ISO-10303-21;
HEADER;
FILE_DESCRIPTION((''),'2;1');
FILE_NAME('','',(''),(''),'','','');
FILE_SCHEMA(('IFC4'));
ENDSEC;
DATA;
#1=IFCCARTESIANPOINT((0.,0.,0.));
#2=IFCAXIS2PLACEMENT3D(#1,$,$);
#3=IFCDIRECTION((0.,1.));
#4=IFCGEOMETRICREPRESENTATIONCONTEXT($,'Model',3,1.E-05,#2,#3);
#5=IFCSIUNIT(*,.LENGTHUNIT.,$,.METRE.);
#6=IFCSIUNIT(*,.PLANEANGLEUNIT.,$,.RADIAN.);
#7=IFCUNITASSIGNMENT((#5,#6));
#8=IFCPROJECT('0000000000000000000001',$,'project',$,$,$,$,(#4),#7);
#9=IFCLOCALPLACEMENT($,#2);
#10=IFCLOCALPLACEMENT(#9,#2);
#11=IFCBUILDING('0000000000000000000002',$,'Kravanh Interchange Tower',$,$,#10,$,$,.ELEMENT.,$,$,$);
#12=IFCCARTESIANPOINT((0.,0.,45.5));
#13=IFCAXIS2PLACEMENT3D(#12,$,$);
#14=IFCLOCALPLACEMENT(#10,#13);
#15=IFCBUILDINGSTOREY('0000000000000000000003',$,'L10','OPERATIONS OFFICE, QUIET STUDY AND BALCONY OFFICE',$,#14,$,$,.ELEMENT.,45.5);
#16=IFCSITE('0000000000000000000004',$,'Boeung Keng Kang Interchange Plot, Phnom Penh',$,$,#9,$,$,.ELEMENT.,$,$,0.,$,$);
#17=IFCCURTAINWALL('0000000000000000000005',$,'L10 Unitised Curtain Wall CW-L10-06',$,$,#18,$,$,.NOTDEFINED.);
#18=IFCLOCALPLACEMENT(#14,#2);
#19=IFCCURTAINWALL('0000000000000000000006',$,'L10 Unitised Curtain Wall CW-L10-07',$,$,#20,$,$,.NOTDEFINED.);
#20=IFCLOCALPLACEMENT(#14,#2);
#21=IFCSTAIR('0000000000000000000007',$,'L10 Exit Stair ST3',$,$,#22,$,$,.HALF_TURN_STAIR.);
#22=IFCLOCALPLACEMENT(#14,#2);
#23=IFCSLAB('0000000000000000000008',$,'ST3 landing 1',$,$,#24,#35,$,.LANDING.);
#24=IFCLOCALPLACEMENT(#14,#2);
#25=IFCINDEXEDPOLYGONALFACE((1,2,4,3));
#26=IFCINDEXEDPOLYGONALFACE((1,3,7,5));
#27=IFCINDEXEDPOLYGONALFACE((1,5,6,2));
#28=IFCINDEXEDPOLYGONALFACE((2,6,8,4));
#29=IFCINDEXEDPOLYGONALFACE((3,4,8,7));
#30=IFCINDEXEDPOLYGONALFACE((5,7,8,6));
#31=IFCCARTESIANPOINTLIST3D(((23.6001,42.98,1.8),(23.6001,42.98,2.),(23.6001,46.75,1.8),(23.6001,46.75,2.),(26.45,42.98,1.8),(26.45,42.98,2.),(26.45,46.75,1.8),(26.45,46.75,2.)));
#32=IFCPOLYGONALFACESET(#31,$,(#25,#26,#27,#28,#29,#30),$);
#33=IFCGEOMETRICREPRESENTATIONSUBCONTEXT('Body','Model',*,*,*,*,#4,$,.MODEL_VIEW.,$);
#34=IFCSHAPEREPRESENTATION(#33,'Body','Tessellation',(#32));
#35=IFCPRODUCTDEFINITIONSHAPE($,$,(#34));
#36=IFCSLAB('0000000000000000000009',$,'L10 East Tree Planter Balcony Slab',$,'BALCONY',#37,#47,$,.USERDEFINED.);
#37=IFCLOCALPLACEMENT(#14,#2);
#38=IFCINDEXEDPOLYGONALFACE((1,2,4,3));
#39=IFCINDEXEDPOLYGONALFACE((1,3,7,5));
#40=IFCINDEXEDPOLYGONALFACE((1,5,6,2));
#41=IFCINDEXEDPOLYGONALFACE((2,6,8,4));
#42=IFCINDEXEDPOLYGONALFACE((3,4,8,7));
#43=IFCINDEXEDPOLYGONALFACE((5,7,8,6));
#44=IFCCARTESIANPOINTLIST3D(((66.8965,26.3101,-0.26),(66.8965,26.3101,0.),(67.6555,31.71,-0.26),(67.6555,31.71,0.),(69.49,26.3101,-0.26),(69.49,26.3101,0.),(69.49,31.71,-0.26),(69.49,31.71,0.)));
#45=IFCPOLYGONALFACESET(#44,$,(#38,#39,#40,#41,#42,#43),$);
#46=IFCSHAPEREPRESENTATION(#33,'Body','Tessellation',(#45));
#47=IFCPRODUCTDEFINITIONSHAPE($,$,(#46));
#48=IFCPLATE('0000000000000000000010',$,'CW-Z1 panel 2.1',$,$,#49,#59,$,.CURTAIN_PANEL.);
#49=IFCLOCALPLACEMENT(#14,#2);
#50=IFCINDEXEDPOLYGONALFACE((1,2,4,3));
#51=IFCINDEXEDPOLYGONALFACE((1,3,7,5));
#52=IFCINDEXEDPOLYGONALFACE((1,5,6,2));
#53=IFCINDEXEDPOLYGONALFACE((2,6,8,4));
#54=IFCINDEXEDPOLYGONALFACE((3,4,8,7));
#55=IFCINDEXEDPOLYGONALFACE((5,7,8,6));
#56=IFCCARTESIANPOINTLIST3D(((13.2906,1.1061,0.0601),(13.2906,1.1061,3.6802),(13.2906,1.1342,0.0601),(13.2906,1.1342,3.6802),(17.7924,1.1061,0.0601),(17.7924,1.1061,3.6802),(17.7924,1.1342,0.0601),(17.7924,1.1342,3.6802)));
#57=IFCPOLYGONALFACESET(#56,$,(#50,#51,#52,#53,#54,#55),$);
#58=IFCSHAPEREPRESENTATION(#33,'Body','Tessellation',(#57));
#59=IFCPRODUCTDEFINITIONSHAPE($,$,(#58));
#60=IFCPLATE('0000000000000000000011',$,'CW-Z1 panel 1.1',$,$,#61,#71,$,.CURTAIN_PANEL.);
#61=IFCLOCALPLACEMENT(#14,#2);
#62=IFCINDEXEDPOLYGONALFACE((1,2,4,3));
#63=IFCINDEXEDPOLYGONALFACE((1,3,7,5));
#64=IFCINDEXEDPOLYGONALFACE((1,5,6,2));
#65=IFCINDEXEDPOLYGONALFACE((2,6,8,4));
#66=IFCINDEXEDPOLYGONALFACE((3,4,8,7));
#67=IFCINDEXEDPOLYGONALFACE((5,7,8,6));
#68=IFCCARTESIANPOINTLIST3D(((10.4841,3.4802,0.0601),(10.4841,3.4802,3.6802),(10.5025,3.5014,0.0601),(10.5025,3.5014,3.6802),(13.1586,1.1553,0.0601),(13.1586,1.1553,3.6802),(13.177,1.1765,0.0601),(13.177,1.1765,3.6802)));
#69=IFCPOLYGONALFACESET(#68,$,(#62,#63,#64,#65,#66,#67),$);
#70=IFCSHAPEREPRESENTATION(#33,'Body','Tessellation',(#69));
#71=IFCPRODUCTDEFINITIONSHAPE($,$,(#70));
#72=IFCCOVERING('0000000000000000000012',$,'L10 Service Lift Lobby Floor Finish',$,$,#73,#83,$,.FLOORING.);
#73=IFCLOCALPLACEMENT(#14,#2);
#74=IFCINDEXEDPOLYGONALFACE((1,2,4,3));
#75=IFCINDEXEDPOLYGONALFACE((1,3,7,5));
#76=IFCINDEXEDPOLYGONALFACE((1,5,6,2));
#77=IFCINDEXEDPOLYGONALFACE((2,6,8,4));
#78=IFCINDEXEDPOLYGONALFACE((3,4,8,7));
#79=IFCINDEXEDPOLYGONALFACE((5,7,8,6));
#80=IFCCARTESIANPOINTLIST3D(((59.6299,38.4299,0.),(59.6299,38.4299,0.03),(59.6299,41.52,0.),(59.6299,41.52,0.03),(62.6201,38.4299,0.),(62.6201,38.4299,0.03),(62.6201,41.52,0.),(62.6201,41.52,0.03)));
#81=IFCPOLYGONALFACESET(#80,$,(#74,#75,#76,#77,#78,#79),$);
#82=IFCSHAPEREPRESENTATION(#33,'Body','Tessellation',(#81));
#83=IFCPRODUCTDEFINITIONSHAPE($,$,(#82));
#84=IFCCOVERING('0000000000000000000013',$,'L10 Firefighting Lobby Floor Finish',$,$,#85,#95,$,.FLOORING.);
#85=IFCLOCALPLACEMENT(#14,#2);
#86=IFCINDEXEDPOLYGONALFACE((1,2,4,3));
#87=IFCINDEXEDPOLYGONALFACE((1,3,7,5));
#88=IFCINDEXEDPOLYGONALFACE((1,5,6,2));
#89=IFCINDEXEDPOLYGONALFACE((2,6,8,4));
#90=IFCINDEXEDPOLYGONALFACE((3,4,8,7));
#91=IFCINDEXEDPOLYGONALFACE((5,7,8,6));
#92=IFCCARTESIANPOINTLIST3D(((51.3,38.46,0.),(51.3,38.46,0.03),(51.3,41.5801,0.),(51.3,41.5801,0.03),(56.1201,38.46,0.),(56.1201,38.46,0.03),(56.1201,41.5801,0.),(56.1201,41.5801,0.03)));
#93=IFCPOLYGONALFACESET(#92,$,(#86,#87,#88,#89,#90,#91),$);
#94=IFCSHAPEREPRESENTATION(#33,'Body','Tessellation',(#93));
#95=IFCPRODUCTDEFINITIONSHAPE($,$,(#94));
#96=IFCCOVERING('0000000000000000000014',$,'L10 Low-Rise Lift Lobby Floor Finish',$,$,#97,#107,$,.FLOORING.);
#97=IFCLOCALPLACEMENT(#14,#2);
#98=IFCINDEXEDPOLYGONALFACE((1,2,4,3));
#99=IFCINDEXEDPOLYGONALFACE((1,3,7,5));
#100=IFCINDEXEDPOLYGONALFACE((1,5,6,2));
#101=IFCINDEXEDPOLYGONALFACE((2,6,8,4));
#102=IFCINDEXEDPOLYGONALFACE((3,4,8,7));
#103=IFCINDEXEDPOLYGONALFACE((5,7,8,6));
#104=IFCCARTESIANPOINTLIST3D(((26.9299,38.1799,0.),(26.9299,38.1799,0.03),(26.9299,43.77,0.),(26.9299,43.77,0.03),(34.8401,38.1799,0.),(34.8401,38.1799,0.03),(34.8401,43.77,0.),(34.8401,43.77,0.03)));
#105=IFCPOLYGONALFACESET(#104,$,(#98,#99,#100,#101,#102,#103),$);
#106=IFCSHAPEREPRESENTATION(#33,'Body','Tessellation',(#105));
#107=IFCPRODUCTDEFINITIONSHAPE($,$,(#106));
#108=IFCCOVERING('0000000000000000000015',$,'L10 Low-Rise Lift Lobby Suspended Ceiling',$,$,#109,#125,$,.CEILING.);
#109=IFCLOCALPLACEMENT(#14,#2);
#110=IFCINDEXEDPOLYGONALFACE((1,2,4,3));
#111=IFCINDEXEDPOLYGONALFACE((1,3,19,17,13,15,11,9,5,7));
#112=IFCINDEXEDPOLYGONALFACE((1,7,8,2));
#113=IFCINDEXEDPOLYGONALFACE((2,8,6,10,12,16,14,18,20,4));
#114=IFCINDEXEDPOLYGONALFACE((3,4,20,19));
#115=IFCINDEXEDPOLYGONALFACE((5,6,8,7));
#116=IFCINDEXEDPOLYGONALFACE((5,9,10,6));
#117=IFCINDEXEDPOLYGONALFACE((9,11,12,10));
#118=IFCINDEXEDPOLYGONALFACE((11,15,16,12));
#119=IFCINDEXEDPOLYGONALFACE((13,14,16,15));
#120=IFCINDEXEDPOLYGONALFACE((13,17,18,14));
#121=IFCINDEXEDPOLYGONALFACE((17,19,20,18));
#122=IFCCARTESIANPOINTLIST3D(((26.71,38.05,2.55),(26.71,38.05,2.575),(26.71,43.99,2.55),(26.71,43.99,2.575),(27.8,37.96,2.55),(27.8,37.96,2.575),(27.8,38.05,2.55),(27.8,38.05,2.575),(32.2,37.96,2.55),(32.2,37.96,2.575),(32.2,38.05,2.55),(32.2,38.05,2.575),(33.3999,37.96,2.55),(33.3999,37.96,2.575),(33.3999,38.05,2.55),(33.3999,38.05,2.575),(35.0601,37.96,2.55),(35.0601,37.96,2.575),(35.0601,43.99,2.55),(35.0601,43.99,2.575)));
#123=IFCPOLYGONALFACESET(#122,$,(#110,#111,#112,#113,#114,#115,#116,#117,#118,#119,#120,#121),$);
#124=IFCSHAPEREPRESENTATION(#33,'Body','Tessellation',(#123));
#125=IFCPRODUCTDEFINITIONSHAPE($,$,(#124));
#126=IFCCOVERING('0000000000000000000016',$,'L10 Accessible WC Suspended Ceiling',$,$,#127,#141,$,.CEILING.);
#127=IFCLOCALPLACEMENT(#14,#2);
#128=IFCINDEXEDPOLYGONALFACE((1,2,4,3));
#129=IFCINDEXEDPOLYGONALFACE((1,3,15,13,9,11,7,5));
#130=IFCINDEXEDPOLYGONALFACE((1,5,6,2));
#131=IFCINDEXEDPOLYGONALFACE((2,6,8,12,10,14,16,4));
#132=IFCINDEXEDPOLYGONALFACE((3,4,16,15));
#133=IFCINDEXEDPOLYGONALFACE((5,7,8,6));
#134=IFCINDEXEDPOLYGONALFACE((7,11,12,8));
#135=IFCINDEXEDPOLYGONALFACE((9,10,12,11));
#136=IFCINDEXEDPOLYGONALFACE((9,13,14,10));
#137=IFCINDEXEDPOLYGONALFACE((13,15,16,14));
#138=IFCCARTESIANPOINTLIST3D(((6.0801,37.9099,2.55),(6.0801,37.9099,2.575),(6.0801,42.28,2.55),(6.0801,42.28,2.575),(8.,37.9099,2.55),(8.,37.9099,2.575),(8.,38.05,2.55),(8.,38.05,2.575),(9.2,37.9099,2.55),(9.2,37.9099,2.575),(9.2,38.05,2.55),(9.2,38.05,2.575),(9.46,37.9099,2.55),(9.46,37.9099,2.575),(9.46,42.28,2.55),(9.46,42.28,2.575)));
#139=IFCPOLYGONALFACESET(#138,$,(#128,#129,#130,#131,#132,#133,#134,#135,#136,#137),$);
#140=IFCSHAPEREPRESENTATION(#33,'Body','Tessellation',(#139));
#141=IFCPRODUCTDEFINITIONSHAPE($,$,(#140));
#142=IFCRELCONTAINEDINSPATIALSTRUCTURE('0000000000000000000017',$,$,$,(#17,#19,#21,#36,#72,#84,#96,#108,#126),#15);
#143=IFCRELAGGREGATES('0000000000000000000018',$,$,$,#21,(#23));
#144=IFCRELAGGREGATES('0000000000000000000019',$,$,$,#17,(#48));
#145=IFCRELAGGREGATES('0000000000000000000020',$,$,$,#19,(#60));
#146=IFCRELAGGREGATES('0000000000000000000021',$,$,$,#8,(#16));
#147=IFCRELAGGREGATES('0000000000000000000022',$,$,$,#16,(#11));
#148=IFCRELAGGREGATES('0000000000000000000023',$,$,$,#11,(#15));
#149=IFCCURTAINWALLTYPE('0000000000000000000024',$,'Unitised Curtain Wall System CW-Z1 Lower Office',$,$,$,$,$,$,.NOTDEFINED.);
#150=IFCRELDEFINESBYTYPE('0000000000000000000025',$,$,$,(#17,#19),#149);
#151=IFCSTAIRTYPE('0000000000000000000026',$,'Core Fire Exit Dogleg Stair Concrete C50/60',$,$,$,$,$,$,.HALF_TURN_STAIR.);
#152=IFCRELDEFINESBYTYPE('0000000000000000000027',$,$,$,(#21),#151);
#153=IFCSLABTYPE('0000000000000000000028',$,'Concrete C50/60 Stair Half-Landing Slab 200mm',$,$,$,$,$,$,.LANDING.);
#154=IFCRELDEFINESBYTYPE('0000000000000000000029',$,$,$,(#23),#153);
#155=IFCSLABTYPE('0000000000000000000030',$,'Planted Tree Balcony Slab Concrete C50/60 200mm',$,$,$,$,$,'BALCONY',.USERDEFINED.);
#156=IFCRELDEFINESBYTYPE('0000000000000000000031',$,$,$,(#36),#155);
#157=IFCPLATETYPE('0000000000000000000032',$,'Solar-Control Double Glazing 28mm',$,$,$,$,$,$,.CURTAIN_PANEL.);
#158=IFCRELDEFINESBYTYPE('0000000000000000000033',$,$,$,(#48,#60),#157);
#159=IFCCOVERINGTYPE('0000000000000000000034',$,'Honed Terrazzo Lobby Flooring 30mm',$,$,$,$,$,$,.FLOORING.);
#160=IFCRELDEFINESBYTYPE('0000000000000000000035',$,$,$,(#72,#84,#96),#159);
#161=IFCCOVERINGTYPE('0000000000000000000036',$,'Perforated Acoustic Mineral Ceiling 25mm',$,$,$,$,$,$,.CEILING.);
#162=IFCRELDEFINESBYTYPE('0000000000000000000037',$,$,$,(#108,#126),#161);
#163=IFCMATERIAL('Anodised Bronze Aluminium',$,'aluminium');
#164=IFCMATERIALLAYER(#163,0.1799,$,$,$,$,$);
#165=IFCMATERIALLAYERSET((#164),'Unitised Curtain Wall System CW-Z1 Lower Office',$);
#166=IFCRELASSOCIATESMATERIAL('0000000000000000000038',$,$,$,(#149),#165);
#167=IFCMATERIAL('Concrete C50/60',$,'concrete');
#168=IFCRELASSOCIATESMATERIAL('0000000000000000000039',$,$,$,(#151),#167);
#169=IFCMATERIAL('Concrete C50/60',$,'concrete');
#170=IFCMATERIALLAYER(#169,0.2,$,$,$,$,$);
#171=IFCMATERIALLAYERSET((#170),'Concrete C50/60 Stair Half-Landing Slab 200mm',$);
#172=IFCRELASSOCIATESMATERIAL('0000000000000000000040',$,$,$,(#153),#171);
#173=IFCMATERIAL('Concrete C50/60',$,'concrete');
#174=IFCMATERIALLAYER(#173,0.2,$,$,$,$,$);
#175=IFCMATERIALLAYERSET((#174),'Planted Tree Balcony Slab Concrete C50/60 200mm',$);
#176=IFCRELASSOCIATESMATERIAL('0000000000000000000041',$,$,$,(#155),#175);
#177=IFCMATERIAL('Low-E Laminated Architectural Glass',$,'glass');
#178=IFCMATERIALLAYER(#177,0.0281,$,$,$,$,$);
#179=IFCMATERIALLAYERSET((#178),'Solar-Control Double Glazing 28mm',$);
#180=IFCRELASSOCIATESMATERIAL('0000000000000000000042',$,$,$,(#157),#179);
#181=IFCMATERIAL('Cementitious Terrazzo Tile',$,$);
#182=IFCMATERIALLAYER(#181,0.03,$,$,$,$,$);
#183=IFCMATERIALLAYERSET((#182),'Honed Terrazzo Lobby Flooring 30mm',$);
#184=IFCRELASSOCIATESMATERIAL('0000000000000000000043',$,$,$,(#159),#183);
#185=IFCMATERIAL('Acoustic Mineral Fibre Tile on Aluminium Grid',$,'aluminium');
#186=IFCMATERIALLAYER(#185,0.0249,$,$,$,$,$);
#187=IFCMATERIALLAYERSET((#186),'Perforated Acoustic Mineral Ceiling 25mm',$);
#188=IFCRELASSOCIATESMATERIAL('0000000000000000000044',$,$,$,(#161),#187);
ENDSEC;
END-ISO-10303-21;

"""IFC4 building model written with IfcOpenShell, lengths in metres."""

from ifc_helpers import new_model, si_unit, direction, frame, origin, origin_2d, place, context, subcontext, project, spatial, polyline, rectangle, outline, extrude, material, layer, layer_set, type_object, element, aggregate, save


model = new_model("IFC4")

# Units and contexts
model_context = context("Model", 3, precision=1e-05, world=origin(), true_north=direction((0.0, 1.0)))
body_context = subcontext(model_context, "Body", "Model", "MODEL_VIEW")
ifc_project = project(units=[si_unit("LENGTHUNIT", "METRE"), si_unit("PLANEANGLEUNIT", "RADIAN")], contexts=[model_context])

# Site, building, storey
site_placement = place(None, origin())
site = spatial("IfcSite", under=ifc_project, at=site_placement, Name="Boeung Keng Kang Interchange Plot, Phnom Penh", CompositionType="ELEMENT", RefElevation=0.0)
building_placement = place(site_placement, origin())
building = spatial("IfcBuilding", under=site, at=building_placement, Name="Kravanh Interchange Tower", CompositionType="ELEMENT")
storey_placement = place(building_placement, frame((0.0, 0.0, 45.5)))
storey = spatial("IfcBuildingStorey", under=building, at=storey_placement, Name="L10", Description="OPERATIONS OFFICE, QUIET STUDY AND BALCONY OFFICE", CompositionType="ELEMENT", Elevation=45.5)

# Curtain wall
ifc_material_1 = material(Name="Anodised Bronze Aluminium", Category="aluminium")
ifc_layer_1 = layer(ifc_material_1, 0.1799)
ifc_layer_set_1 = layer_set([ifc_layer_1], Name="Unitised Curtain Wall System CW-Z1 Lower Office")
curtain_wall_type = type_object("IfcCurtainWallType", Name="Unitised Curtain Wall System CW-Z1 Lower Office", PredefinedType="NOTDEFINED", material=ifc_layer_set_1)
curtain_wall_1_placement = place(storey_placement, origin())
curtain_wall_1 = element("IfcCurtainWall", 1, at=curtain_wall_1_placement, inside=storey, type_object=curtain_wall_type, Name="L10 Unitised Curtain Wall CW-L10-06", PredefinedType="NOTDEFINED")

# Curtain wall
curtain_wall_2_placement = place(storey_placement, origin())
curtain_wall_2 = element("IfcCurtainWall", 2, at=curtain_wall_2_placement, inside=storey, type_object=curtain_wall_type, Name="L10 Unitised Curtain Wall CW-L10-07", PredefinedType="NOTDEFINED")

# Stair, slab
ifc_material_2 = material(Name="Concrete C50/60", Category="concrete")
stair_type = type_object("IfcStairType", Name="Core Fire Exit Dogleg Stair Concrete C50/60", PredefinedType="HALF_TURN_STAIR", material=ifc_material_2)
ifc_material_3 = material(Name="Concrete C50/60", Category="concrete")
ifc_layer_2 = layer(ifc_material_3, 0.2)
ifc_layer_set_2 = layer_set([ifc_layer_2], Name="Concrete C50/60 Stair Half-Landing Slab 200mm")
slab_type_1 = type_object("IfcSlabType", Name="Concrete C50/60 Stair Half-Landing Slab 200mm", PredefinedType="LANDING", material=ifc_layer_set_2)
stair_1_placement = place(storey_placement, origin())
stair_1 = element("IfcStair", 3, at=stair_1_placement, inside=storey, type_object=stair_type, Name="L10 Exit Stair ST3", PredefinedType="HALF_TURN_STAIR")
slab_1_placement = place(storey_placement, frame((0.0, 0.0, 1.8)))
slab_1 = element("IfcSlab", 4, at=slab_1_placement, type_object=slab_type_1, Name="ST3 landing 1", PredefinedType="LANDING", context=body_context, shape_type="SweptSolid", body=[
    extrude(outline(polyline([(26.45, 42.98), (26.45, 46.75), (23.6001, 46.75), (23.6001, 42.98), (26.45, 42.98)])), origin(), (0.0, 0.0, 1.0), 0.2),
])
aggregate(stair_1, [slab_1])

# Slab
ifc_material_4 = material(Name="Concrete C50/60", Category="concrete")
ifc_layer_3 = layer(ifc_material_4, 0.2)
ifc_layer_set_3 = layer_set([ifc_layer_3], Name="Planted Tree Balcony Slab Concrete C50/60 200mm")
slab_type_2 = type_object("IfcSlabType", Name="Planted Tree Balcony Slab Concrete C50/60 200mm", ElementType="BALCONY", PredefinedType="USERDEFINED", material=ifc_layer_set_3)
slab_2_placement = place(storey_placement, frame((0.0, 0.0, -0.26)))
element("IfcSlab", 5, at=slab_2_placement, inside=storey, type_object=slab_type_2, Name="L10 East Tree Planter Balcony Slab", ObjectType="BALCONY", PredefinedType="USERDEFINED", context=body_context, shape_type="SweptSolid", body=[
    extrude(outline(polyline([(69.49, 31.71), (69.49, 26.3101), (66.8965, 26.3101), (67.6555, 31.71), (69.49, 31.71)])), origin(), (0.0, 0.0, 1.0), 0.26),
])

# Plates
ifc_material_5 = material(Name="Low-E Laminated Architectural Glass", Category="glass")
ifc_layer_4 = layer(ifc_material_5, 0.0281)
ifc_layer_set_4 = layer_set([ifc_layer_4], Name="Solar-Control Double Glazing 28mm")
plate_type = type_object("IfcPlateType", Name="Solar-Control Double Glazing 28mm", PredefinedType="CURTAIN_PANEL", material=ifc_layer_set_4)
plate_1_placement = place(storey_placement, frame((15.5415, 1.1201, 0.0601), z_axis=(0.0, 0.0, 1.0), x_axis=(-1.0, 0.0, 0.0)))
plate_1 = element("IfcPlate", 6, at=plate_1_placement, type_object=plate_type, Name="CW-Z1 panel 2.1", PredefinedType="CURTAIN_PANEL", context=body_context, shape_type="SweptSolid", body=[
    extrude(rectangle(XDim=4.5017, YDim=0.0281, at=origin_2d()), origin(), (0.0, 0.0, 1.0), 3.6201),
])
aggregate(curtain_wall_1, [plate_1])
plate_2_placement = place(storey_placement, frame((11.8306, 2.3284, 0.0601), z_axis=(0.0, 0.0, 1.0), x_axis=(-0.754708, 0.65606, 0.0)))
plate_2 = element("IfcPlate", 7, at=plate_2_placement, type_object=plate_type, Name="CW-Z1 panel 1.1", PredefinedType="CURTAIN_PANEL", context=body_context, shape_type="SweptSolid", body=[
    extrude(rectangle(XDim=3.5437, YDim=0.0281, at=origin_2d()), origin(), (0.0, 0.0, 1.0), 3.6201),
])
aggregate(curtain_wall_2, [plate_2])

# Coverings
ifc_material_6 = material(Name="Cementitious Terrazzo Tile")
ifc_layer_5 = layer(ifc_material_6, 0.03)
ifc_layer_set_5 = layer_set([ifc_layer_5], Name="Honed Terrazzo Lobby Flooring 30mm")
covering_type_1 = type_object("IfcCoveringType", Name="Honed Terrazzo Lobby Flooring 30mm", PredefinedType="FLOORING", material=ifc_layer_set_5)
covering_1_placement = place(storey_placement, origin())
element("IfcCovering", 8, at=covering_1_placement, inside=storey, type_object=covering_type_1, Name="L10 Service Lift Lobby Floor Finish", PredefinedType="FLOORING", context=body_context, shape_type="SweptSolid", body=[
    extrude(outline(polyline([(59.6299, 41.52), (62.6201, 41.52), (62.6201, 38.4299), (59.6299, 38.4299), (59.6299, 41.52)])), origin(), (0.0, 0.0, 1.0), 0.03),
])
covering_2_placement = place(storey_placement, origin())
element("IfcCovering", 9, at=covering_2_placement, inside=storey, type_object=covering_type_1, Name="L10 Firefighting Lobby Floor Finish", PredefinedType="FLOORING", context=body_context, shape_type="SweptSolid", body=[
    extrude(outline(polyline([(56.1201, 38.46), (51.3, 38.46), (51.3, 41.5801), (56.1201, 41.5801), (56.1201, 38.46)])), origin(), (0.0, 0.0, 1.0), 0.03),
])
covering_3_placement = place(storey_placement, origin())
element("IfcCovering", 10, at=covering_3_placement, inside=storey, type_object=covering_type_1, Name="L10 Low-Rise Lift Lobby Floor Finish", PredefinedType="FLOORING", context=body_context, shape_type="SweptSolid", body=[
    extrude(outline(polyline([(26.9299, 43.77), (34.8401, 43.77), (34.8401, 38.1799), (26.9299, 38.1799), (26.9299, 43.77)])), origin(), (0.0, 0.0, 1.0), 0.03),
])
ifc_material_7 = material(Name="Acoustic Mineral Fibre Tile on Aluminium Grid", Category="aluminium")
ifc_layer_6 = layer(ifc_material_7, 0.0249)
ifc_layer_set_6 = layer_set([ifc_layer_6], Name="Perforated Acoustic Mineral Ceiling 25mm")
covering_type_2 = type_object("IfcCoveringType", Name="Perforated Acoustic Mineral Ceiling 25mm", PredefinedType="CEILING", material=ifc_layer_set_6)
covering_4_placement = place(storey_placement, frame((0.0, 0.0, 2.55)))
element("IfcCovering", 11, at=covering_4_placement, inside=storey, type_object=covering_type_2, Name="L10 Low-Rise Lift Lobby Suspended Ceiling", PredefinedType="CEILING", context=body_context, shape_type="SweptSolid", body=[
    extrude(outline(polyline([(35.0601, 37.96), (33.3999, 37.96), (33.3999, 38.05), (32.2, 38.05), (32.2, 37.96), (27.8, 37.96), (27.8, 38.05), (26.71, 38.05), (26.71, 43.99), (35.0601, 43.99), (35.0601, 37.96)])), origin(), (0.0, 0.0, 1.0), 0.0249),
])
covering_5_placement = place(storey_placement, frame((0.0, 0.0, 2.55)))
element("IfcCovering", 12, at=covering_5_placement, inside=storey, type_object=covering_type_2, Name="L10 Accessible WC Suspended Ceiling", PredefinedType="CEILING", context=body_context, shape_type="SweptSolid", body=[
    extrude(outline(polyline([(9.46, 42.28), (9.46, 37.9099), (9.2, 37.9099), (9.2, 38.05), (8.0, 38.05), (8.0, 37.9099), (6.0801, 37.9099), (6.0801, 42.28), (9.46, 42.28)])), origin(), (0.0, 0.0, 1.0), 0.0249),
])

save(model, "model.ifc")
